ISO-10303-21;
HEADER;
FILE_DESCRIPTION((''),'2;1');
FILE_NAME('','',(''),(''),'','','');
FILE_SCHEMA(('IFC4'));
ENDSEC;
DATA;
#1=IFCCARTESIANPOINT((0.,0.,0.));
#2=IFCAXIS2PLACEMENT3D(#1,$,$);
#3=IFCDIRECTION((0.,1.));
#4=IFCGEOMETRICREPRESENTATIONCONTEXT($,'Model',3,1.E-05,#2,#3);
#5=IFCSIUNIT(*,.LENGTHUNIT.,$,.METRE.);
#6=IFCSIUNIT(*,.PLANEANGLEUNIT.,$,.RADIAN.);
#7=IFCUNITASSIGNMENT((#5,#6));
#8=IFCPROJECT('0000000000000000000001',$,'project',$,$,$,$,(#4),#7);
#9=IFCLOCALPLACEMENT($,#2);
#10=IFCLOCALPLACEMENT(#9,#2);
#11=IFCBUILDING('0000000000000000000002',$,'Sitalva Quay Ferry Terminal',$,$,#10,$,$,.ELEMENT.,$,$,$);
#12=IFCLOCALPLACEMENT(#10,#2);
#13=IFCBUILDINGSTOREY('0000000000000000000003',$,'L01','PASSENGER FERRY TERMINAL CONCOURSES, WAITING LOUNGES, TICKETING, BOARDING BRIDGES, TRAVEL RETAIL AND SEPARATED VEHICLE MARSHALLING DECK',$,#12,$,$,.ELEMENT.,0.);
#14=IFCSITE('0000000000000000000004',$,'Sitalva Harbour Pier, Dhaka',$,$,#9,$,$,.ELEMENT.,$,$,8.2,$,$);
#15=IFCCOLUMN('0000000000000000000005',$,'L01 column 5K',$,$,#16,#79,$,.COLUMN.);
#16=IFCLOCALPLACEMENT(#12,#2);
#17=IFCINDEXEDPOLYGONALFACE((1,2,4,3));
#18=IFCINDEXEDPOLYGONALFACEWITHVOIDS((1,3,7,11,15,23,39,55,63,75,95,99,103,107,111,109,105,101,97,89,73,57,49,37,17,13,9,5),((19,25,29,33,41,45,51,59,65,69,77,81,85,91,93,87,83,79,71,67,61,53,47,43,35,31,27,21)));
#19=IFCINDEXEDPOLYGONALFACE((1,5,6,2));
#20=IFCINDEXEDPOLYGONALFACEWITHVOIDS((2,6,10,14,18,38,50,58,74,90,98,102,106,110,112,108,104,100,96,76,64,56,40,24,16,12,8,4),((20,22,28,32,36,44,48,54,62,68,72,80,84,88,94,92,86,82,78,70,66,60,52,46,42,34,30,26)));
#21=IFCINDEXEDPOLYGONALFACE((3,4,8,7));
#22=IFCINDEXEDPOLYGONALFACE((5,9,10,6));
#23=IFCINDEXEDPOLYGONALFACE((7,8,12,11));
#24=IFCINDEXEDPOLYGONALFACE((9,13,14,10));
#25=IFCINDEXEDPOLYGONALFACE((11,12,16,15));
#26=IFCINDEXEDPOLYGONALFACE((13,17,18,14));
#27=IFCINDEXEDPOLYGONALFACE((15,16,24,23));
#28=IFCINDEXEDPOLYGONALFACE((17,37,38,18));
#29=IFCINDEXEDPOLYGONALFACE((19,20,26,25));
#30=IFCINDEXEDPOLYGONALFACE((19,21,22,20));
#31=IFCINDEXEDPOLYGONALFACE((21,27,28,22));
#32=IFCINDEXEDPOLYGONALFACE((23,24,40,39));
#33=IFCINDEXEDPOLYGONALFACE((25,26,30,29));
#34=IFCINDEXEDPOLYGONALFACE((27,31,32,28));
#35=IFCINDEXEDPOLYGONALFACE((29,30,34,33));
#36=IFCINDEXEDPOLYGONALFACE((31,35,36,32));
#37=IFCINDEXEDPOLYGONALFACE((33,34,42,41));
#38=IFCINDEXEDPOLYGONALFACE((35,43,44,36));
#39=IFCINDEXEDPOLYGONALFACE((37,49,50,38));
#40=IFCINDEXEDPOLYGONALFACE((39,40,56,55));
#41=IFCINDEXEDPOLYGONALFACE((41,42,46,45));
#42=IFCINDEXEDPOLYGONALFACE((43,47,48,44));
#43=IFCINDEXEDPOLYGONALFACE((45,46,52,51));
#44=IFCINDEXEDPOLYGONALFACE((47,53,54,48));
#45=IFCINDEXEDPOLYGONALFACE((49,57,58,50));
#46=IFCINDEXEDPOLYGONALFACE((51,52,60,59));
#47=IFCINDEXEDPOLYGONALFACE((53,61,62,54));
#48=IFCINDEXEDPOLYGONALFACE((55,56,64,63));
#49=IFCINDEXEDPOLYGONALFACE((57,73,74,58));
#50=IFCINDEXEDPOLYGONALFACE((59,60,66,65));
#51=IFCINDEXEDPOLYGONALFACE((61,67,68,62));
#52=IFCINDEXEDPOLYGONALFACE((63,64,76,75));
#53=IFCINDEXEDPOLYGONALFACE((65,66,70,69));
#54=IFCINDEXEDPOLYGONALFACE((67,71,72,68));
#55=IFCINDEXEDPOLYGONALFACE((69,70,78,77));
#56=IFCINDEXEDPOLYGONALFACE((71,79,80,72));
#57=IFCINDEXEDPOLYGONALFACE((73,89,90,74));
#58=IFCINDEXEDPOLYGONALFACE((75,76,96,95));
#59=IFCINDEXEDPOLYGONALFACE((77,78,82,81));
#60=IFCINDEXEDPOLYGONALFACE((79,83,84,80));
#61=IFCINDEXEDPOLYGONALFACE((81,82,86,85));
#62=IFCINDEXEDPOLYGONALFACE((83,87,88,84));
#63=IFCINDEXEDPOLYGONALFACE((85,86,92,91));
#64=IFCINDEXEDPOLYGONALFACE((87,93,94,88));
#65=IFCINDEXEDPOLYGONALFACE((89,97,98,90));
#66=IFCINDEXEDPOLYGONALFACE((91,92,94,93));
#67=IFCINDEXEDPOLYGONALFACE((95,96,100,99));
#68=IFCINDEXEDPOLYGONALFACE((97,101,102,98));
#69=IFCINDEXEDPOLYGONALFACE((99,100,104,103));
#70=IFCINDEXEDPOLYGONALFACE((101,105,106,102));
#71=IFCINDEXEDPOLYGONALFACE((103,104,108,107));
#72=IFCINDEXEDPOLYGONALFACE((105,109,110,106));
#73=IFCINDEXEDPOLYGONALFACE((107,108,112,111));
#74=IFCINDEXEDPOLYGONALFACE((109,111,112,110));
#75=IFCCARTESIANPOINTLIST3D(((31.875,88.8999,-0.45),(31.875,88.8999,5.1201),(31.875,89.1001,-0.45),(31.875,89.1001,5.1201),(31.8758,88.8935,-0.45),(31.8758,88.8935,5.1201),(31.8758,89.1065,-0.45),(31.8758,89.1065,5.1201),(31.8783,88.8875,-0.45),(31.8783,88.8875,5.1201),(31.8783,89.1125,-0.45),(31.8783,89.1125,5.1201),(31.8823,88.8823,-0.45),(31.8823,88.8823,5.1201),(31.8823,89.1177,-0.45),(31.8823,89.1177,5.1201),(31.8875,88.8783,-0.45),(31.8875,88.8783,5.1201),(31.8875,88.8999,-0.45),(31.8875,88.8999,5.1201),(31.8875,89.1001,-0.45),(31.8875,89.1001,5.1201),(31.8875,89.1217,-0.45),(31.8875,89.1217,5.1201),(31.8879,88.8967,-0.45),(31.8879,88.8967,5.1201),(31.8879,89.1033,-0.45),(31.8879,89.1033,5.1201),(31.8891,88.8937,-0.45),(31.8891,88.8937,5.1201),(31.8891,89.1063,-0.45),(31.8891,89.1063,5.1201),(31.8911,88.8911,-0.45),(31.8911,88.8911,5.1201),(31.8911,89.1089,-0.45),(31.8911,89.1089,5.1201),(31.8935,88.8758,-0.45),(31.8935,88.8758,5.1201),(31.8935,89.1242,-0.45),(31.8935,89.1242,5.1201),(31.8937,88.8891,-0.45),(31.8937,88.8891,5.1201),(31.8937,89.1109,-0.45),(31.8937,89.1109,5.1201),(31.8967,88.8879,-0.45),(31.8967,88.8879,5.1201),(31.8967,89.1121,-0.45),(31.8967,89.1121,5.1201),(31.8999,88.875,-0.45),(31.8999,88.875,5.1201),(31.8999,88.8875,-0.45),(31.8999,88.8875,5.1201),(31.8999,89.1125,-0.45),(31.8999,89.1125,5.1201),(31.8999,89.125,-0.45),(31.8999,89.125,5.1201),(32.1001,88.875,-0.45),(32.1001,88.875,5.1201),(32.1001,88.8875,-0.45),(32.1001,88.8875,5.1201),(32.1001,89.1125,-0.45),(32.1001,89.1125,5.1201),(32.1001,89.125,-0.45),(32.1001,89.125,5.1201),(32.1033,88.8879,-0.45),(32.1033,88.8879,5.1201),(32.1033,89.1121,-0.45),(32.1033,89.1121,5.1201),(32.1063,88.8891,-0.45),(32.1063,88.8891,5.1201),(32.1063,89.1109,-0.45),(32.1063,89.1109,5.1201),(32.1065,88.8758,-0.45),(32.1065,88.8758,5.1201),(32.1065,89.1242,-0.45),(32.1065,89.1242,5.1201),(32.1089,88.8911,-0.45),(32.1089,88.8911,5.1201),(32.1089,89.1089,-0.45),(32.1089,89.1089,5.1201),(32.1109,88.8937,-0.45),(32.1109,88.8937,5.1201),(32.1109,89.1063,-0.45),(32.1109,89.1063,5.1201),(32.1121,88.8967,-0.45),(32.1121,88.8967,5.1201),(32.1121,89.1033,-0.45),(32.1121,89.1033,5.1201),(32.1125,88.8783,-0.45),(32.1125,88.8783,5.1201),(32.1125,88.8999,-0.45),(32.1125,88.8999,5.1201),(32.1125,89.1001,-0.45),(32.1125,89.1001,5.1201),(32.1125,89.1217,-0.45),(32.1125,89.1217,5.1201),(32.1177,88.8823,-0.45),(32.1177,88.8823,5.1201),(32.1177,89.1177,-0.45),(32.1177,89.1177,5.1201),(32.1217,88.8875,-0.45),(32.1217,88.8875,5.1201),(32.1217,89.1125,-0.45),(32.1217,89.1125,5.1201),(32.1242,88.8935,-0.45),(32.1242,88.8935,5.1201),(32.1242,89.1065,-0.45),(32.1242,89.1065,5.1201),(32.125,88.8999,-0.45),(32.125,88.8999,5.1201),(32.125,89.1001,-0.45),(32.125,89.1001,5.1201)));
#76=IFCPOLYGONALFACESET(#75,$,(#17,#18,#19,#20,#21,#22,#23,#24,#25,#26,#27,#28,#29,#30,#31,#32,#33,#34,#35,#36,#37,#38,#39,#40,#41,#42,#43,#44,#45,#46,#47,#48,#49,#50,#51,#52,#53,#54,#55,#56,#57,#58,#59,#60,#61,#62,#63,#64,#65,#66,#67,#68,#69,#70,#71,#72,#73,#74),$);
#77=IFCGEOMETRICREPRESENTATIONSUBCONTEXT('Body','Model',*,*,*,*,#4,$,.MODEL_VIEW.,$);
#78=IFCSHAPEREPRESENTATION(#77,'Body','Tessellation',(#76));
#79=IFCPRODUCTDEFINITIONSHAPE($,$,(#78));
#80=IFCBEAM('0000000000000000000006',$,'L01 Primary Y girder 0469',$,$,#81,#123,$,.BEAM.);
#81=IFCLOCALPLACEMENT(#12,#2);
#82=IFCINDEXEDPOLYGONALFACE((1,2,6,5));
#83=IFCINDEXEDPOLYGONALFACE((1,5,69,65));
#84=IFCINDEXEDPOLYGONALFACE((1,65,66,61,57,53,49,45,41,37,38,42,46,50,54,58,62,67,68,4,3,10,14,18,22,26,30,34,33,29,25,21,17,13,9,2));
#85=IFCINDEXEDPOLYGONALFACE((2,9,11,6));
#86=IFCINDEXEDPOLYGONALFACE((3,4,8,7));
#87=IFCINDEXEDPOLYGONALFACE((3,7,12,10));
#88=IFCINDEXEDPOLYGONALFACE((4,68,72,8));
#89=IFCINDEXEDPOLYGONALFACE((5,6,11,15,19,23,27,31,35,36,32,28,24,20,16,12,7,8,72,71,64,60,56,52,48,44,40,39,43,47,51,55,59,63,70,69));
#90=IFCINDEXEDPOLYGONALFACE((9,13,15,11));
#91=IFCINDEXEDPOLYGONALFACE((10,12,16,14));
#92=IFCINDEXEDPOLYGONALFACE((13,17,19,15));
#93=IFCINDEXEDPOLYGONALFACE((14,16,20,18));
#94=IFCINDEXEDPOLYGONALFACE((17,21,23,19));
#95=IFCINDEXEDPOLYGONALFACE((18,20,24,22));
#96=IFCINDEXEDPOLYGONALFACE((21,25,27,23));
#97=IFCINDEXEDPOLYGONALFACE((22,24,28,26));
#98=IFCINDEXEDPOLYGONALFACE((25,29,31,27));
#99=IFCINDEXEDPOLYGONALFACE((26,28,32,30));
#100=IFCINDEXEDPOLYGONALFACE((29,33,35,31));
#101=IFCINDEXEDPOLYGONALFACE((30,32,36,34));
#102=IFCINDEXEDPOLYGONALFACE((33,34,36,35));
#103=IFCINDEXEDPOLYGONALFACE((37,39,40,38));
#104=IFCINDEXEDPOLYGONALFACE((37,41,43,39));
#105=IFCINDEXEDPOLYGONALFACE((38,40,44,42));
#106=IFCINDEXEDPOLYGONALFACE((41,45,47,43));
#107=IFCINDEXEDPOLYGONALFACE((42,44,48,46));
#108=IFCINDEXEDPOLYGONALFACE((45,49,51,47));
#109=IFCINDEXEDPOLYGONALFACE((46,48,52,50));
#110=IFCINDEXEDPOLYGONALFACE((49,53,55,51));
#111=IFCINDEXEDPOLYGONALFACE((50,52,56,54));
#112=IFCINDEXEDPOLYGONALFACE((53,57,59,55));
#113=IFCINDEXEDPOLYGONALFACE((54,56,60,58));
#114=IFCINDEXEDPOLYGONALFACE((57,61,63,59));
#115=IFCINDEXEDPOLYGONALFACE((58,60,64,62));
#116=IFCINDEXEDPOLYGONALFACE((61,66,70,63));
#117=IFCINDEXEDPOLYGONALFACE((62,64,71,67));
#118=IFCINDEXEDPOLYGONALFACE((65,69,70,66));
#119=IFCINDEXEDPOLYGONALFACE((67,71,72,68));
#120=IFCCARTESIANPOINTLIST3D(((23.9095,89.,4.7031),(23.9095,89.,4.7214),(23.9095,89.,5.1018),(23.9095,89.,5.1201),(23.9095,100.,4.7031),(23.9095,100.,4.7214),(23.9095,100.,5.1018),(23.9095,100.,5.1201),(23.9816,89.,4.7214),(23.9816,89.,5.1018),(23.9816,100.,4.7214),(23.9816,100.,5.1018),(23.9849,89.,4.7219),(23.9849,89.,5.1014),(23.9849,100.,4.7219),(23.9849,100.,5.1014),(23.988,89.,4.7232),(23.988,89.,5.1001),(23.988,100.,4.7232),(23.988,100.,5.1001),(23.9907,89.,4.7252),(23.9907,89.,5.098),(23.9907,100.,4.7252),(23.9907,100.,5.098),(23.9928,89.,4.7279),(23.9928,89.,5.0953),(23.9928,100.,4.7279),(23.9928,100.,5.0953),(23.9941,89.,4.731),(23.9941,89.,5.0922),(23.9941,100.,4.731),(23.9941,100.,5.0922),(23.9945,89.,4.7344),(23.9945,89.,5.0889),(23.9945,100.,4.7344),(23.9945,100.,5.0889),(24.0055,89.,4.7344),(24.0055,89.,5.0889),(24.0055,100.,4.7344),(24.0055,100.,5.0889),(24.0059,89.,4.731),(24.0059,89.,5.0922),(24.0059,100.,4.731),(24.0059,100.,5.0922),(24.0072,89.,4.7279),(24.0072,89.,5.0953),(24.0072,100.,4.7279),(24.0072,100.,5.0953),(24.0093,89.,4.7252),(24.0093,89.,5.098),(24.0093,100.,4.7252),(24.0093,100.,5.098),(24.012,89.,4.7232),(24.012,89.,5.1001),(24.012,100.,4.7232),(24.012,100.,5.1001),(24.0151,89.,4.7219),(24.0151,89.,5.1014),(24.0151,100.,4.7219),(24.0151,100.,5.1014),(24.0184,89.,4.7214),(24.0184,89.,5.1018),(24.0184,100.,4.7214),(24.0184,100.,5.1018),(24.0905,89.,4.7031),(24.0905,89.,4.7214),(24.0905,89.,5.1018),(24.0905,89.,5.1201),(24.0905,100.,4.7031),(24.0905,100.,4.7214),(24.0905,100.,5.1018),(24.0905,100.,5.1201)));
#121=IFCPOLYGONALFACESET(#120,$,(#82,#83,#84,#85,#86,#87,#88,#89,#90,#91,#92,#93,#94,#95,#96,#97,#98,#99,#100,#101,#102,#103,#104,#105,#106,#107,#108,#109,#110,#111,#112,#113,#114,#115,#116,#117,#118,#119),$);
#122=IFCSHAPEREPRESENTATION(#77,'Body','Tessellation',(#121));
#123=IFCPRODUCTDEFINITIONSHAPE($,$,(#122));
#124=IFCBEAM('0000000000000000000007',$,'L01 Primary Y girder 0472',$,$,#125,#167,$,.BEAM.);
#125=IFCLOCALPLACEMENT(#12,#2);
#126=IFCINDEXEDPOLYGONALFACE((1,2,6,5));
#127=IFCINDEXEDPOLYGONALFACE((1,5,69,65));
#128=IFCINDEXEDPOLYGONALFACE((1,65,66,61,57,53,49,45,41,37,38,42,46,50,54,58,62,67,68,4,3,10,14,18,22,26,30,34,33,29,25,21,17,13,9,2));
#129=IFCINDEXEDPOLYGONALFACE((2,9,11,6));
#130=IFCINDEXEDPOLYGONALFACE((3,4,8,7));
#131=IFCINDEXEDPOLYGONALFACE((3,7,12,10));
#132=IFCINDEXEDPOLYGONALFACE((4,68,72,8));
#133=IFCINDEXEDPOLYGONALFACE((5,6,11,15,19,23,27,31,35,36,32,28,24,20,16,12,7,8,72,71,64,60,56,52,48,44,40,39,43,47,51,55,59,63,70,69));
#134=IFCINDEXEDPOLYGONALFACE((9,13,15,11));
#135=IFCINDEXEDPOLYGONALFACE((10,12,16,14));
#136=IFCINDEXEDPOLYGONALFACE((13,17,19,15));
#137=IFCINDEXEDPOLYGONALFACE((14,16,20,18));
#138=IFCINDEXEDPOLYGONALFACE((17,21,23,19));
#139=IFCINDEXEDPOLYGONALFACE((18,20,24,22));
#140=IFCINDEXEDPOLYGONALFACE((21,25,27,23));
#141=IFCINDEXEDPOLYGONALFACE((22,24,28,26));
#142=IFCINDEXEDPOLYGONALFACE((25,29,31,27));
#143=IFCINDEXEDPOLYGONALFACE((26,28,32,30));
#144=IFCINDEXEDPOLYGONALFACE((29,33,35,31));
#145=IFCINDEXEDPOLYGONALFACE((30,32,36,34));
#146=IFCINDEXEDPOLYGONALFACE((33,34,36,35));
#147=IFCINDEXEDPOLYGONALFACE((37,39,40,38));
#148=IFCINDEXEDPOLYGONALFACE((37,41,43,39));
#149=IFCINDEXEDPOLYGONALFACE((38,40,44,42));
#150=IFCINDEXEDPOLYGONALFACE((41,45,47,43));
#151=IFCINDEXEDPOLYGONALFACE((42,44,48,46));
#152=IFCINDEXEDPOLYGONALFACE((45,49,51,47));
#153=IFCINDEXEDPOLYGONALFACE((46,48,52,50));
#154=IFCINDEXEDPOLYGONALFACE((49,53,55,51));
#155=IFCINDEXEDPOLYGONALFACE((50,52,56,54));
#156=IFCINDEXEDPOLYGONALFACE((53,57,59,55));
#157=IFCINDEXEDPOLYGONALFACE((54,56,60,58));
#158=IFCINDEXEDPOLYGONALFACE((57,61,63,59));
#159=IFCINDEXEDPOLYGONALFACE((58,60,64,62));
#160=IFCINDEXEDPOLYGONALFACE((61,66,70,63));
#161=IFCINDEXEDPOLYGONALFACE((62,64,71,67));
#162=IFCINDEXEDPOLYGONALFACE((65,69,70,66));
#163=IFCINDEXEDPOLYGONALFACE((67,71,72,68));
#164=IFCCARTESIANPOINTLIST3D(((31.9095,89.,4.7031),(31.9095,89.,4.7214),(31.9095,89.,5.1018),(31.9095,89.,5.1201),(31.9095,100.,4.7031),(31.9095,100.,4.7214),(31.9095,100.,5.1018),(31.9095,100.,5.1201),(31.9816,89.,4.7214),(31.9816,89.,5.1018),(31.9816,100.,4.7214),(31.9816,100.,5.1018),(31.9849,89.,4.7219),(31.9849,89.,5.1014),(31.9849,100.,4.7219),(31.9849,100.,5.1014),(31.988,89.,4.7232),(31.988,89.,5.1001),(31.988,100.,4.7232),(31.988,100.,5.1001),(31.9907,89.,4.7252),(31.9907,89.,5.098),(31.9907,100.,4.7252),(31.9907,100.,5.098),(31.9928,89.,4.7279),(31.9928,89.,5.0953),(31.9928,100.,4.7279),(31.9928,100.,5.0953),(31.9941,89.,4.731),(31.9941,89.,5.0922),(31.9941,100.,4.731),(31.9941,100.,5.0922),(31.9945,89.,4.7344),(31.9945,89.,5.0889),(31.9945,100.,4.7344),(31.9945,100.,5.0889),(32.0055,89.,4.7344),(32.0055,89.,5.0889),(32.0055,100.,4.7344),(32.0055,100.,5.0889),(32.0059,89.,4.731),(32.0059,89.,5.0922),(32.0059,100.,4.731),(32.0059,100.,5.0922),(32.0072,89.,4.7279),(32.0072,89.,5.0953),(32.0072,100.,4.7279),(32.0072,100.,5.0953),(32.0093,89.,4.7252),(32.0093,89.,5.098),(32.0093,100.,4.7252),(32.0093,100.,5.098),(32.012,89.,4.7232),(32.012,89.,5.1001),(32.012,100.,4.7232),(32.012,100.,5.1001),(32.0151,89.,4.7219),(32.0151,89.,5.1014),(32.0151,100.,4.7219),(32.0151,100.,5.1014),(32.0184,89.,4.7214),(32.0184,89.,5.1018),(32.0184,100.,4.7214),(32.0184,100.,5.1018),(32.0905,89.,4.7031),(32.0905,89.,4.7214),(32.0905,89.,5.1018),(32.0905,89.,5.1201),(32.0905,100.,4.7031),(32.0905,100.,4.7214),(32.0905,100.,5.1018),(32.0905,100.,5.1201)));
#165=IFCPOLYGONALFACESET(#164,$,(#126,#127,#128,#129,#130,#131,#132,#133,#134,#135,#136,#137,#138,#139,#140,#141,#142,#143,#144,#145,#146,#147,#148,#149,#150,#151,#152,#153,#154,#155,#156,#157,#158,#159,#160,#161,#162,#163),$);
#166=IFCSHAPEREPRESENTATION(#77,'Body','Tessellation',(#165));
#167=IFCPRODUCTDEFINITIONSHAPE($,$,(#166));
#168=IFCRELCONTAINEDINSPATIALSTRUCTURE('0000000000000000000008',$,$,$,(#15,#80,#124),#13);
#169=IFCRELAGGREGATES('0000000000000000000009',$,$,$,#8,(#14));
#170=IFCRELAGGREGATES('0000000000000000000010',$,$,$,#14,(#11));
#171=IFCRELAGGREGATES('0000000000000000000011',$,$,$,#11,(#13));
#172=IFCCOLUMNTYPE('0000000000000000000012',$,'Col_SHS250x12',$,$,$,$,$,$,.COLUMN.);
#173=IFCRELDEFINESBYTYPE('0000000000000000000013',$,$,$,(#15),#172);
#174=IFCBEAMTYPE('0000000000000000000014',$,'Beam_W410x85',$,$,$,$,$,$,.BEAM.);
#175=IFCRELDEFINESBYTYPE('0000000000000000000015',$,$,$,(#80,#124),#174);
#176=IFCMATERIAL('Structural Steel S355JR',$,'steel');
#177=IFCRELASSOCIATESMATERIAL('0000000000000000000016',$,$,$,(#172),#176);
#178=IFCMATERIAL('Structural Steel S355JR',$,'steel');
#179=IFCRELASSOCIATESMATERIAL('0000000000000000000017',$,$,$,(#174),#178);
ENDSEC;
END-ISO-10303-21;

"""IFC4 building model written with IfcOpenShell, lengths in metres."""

from ifc_helpers import new_model, si_unit, direction, frame, origin, origin_2d, place, context, subcontext, project, spatial, hollow_rectangle, i_section, extrude, material, material_profile, profile_set, type_object, element, save


model = new_model("IFC4")

# Units and contexts
model_context = context("Model", 3, precision=1e-05, world=origin(), true_north=direction((0.0, 1.0)))
body_context = subcontext(model_context, "Body", "Model", "MODEL_VIEW")
ifc_project = project(units=[si_unit("LENGTHUNIT", "METRE"), si_unit("PLANEANGLEUNIT", "RADIAN")], contexts=[model_context])

# Site, building, storey
site_placement = place(None, origin())
site = spatial("IfcSite", under=ifc_project, at=site_placement, Name="Sitalva Harbour Pier, Dhaka", CompositionType="ELEMENT", RefElevation=8.2)
building_placement = place(site_placement, origin())
building = spatial("IfcBuilding", under=site, at=building_placement, Name="Sitalva Quay Ferry Terminal", CompositionType="ELEMENT")
storey_placement = place(building_placement, origin())
storey = spatial("IfcBuildingStorey", under=building, at=storey_placement, Name="L01", Description="PASSENGER FERRY TERMINAL CONCOURSES, WAITING LOUNGES, TICKETING, BOARDING BRIDGES, TRAVEL RETAIL AND SEPARATED VEHICLE MARSHALLING DECK", CompositionType="ELEMENT", Elevation=0.0)

# Column
ifc_material_1 = material(Name="Structural Steel S355JR", Category="steel")
ifc_material_profile_1 = material_profile(ifc_material_1, hollow_rectangle(XDim=0.25, YDim=0.25, WallThickness=0.0125, InnerFilletRadius=0.0125, OuterFilletRadius=0.0249, at=origin_2d()), Name="SHS250x250x12.5")
ifc_profile_set_1 = profile_set([ifc_material_profile_1], Name="Structural Steel S355JR")
column_type = type_object("IfcColumnType", Name="Col_SHS250x12", PredefinedType="COLUMN", material=ifc_profile_set_1)
for number, where, z_axis, x_axis, name in (
    (1, (32.0, 89.0, -0.45), (0.0, 0.0, 1.0), (1.0, 0.0, 0.0), "L01 column 5K"),
):
    element("IfcColumn", number, at=place(storey_placement, frame(where, z_axis=z_axis, x_axis=x_axis)), inside=storey, type_object=column_type, Name=name, PredefinedType="COLUMN", context=body_context, shape_type="SweptSolid", body=[
        extrude(hollow_rectangle(XDim=0.25, YDim=0.25, WallThickness=0.0125, InnerFilletRadius=0.0125, OuterFilletRadius=0.0249, at=origin_2d()), origin(), (0.0, 0.0, 1.0), 5.5701),
    ])

# Beams
ifc_material_2 = material(Name="Structural Steel S355JR", Category="steel")
ifc_material_profile_2 = material_profile(ifc_material_2, i_section(OverallWidth=0.1809, OverallDepth=0.417, WebThickness=0.011, FlangeThickness=0.0183, FilletRadius=0.0129, at=origin_2d()), Name="W410x85")
ifc_profile_set_2 = profile_set([ifc_material_profile_2], Name="Structural Steel S355JR")
beam_type_1 = type_object("IfcBeamType", Name="Beam_W410x85", PredefinedType="BEAM", material=ifc_profile_set_2)
for number, where, z_axis, x_axis, name in (
    (2, (24.0, 89.0, 4.9116), (0.0, 1.0, 0.0), (-1.0, 0.0, 0.0), "L01 Primary Y girder 0469"),
    (3, (32.0, 89.0, 4.9116), (0.0, 1.0, 0.0), (-1.0, 0.0, 0.0), "L01 Primary Y girder 0472"),
):
    element("IfcBeam", number, at=place(storey_placement, frame(where, z_axis=z_axis, x_axis=x_axis)), inside=storey, type_object=beam_type_1, Name=name, PredefinedType="BEAM", context=body_context, shape_type="SweptSolid", body=[
        extrude(i_section(OverallWidth=0.1809, OverallDepth=0.417, WebThickness=0.011, FlangeThickness=0.0183, FilletRadius=0.0129, at=origin_2d()), origin(), (0.0, 0.0, 1.0), 11.0),
    ])

save(model, "model.ifc")
